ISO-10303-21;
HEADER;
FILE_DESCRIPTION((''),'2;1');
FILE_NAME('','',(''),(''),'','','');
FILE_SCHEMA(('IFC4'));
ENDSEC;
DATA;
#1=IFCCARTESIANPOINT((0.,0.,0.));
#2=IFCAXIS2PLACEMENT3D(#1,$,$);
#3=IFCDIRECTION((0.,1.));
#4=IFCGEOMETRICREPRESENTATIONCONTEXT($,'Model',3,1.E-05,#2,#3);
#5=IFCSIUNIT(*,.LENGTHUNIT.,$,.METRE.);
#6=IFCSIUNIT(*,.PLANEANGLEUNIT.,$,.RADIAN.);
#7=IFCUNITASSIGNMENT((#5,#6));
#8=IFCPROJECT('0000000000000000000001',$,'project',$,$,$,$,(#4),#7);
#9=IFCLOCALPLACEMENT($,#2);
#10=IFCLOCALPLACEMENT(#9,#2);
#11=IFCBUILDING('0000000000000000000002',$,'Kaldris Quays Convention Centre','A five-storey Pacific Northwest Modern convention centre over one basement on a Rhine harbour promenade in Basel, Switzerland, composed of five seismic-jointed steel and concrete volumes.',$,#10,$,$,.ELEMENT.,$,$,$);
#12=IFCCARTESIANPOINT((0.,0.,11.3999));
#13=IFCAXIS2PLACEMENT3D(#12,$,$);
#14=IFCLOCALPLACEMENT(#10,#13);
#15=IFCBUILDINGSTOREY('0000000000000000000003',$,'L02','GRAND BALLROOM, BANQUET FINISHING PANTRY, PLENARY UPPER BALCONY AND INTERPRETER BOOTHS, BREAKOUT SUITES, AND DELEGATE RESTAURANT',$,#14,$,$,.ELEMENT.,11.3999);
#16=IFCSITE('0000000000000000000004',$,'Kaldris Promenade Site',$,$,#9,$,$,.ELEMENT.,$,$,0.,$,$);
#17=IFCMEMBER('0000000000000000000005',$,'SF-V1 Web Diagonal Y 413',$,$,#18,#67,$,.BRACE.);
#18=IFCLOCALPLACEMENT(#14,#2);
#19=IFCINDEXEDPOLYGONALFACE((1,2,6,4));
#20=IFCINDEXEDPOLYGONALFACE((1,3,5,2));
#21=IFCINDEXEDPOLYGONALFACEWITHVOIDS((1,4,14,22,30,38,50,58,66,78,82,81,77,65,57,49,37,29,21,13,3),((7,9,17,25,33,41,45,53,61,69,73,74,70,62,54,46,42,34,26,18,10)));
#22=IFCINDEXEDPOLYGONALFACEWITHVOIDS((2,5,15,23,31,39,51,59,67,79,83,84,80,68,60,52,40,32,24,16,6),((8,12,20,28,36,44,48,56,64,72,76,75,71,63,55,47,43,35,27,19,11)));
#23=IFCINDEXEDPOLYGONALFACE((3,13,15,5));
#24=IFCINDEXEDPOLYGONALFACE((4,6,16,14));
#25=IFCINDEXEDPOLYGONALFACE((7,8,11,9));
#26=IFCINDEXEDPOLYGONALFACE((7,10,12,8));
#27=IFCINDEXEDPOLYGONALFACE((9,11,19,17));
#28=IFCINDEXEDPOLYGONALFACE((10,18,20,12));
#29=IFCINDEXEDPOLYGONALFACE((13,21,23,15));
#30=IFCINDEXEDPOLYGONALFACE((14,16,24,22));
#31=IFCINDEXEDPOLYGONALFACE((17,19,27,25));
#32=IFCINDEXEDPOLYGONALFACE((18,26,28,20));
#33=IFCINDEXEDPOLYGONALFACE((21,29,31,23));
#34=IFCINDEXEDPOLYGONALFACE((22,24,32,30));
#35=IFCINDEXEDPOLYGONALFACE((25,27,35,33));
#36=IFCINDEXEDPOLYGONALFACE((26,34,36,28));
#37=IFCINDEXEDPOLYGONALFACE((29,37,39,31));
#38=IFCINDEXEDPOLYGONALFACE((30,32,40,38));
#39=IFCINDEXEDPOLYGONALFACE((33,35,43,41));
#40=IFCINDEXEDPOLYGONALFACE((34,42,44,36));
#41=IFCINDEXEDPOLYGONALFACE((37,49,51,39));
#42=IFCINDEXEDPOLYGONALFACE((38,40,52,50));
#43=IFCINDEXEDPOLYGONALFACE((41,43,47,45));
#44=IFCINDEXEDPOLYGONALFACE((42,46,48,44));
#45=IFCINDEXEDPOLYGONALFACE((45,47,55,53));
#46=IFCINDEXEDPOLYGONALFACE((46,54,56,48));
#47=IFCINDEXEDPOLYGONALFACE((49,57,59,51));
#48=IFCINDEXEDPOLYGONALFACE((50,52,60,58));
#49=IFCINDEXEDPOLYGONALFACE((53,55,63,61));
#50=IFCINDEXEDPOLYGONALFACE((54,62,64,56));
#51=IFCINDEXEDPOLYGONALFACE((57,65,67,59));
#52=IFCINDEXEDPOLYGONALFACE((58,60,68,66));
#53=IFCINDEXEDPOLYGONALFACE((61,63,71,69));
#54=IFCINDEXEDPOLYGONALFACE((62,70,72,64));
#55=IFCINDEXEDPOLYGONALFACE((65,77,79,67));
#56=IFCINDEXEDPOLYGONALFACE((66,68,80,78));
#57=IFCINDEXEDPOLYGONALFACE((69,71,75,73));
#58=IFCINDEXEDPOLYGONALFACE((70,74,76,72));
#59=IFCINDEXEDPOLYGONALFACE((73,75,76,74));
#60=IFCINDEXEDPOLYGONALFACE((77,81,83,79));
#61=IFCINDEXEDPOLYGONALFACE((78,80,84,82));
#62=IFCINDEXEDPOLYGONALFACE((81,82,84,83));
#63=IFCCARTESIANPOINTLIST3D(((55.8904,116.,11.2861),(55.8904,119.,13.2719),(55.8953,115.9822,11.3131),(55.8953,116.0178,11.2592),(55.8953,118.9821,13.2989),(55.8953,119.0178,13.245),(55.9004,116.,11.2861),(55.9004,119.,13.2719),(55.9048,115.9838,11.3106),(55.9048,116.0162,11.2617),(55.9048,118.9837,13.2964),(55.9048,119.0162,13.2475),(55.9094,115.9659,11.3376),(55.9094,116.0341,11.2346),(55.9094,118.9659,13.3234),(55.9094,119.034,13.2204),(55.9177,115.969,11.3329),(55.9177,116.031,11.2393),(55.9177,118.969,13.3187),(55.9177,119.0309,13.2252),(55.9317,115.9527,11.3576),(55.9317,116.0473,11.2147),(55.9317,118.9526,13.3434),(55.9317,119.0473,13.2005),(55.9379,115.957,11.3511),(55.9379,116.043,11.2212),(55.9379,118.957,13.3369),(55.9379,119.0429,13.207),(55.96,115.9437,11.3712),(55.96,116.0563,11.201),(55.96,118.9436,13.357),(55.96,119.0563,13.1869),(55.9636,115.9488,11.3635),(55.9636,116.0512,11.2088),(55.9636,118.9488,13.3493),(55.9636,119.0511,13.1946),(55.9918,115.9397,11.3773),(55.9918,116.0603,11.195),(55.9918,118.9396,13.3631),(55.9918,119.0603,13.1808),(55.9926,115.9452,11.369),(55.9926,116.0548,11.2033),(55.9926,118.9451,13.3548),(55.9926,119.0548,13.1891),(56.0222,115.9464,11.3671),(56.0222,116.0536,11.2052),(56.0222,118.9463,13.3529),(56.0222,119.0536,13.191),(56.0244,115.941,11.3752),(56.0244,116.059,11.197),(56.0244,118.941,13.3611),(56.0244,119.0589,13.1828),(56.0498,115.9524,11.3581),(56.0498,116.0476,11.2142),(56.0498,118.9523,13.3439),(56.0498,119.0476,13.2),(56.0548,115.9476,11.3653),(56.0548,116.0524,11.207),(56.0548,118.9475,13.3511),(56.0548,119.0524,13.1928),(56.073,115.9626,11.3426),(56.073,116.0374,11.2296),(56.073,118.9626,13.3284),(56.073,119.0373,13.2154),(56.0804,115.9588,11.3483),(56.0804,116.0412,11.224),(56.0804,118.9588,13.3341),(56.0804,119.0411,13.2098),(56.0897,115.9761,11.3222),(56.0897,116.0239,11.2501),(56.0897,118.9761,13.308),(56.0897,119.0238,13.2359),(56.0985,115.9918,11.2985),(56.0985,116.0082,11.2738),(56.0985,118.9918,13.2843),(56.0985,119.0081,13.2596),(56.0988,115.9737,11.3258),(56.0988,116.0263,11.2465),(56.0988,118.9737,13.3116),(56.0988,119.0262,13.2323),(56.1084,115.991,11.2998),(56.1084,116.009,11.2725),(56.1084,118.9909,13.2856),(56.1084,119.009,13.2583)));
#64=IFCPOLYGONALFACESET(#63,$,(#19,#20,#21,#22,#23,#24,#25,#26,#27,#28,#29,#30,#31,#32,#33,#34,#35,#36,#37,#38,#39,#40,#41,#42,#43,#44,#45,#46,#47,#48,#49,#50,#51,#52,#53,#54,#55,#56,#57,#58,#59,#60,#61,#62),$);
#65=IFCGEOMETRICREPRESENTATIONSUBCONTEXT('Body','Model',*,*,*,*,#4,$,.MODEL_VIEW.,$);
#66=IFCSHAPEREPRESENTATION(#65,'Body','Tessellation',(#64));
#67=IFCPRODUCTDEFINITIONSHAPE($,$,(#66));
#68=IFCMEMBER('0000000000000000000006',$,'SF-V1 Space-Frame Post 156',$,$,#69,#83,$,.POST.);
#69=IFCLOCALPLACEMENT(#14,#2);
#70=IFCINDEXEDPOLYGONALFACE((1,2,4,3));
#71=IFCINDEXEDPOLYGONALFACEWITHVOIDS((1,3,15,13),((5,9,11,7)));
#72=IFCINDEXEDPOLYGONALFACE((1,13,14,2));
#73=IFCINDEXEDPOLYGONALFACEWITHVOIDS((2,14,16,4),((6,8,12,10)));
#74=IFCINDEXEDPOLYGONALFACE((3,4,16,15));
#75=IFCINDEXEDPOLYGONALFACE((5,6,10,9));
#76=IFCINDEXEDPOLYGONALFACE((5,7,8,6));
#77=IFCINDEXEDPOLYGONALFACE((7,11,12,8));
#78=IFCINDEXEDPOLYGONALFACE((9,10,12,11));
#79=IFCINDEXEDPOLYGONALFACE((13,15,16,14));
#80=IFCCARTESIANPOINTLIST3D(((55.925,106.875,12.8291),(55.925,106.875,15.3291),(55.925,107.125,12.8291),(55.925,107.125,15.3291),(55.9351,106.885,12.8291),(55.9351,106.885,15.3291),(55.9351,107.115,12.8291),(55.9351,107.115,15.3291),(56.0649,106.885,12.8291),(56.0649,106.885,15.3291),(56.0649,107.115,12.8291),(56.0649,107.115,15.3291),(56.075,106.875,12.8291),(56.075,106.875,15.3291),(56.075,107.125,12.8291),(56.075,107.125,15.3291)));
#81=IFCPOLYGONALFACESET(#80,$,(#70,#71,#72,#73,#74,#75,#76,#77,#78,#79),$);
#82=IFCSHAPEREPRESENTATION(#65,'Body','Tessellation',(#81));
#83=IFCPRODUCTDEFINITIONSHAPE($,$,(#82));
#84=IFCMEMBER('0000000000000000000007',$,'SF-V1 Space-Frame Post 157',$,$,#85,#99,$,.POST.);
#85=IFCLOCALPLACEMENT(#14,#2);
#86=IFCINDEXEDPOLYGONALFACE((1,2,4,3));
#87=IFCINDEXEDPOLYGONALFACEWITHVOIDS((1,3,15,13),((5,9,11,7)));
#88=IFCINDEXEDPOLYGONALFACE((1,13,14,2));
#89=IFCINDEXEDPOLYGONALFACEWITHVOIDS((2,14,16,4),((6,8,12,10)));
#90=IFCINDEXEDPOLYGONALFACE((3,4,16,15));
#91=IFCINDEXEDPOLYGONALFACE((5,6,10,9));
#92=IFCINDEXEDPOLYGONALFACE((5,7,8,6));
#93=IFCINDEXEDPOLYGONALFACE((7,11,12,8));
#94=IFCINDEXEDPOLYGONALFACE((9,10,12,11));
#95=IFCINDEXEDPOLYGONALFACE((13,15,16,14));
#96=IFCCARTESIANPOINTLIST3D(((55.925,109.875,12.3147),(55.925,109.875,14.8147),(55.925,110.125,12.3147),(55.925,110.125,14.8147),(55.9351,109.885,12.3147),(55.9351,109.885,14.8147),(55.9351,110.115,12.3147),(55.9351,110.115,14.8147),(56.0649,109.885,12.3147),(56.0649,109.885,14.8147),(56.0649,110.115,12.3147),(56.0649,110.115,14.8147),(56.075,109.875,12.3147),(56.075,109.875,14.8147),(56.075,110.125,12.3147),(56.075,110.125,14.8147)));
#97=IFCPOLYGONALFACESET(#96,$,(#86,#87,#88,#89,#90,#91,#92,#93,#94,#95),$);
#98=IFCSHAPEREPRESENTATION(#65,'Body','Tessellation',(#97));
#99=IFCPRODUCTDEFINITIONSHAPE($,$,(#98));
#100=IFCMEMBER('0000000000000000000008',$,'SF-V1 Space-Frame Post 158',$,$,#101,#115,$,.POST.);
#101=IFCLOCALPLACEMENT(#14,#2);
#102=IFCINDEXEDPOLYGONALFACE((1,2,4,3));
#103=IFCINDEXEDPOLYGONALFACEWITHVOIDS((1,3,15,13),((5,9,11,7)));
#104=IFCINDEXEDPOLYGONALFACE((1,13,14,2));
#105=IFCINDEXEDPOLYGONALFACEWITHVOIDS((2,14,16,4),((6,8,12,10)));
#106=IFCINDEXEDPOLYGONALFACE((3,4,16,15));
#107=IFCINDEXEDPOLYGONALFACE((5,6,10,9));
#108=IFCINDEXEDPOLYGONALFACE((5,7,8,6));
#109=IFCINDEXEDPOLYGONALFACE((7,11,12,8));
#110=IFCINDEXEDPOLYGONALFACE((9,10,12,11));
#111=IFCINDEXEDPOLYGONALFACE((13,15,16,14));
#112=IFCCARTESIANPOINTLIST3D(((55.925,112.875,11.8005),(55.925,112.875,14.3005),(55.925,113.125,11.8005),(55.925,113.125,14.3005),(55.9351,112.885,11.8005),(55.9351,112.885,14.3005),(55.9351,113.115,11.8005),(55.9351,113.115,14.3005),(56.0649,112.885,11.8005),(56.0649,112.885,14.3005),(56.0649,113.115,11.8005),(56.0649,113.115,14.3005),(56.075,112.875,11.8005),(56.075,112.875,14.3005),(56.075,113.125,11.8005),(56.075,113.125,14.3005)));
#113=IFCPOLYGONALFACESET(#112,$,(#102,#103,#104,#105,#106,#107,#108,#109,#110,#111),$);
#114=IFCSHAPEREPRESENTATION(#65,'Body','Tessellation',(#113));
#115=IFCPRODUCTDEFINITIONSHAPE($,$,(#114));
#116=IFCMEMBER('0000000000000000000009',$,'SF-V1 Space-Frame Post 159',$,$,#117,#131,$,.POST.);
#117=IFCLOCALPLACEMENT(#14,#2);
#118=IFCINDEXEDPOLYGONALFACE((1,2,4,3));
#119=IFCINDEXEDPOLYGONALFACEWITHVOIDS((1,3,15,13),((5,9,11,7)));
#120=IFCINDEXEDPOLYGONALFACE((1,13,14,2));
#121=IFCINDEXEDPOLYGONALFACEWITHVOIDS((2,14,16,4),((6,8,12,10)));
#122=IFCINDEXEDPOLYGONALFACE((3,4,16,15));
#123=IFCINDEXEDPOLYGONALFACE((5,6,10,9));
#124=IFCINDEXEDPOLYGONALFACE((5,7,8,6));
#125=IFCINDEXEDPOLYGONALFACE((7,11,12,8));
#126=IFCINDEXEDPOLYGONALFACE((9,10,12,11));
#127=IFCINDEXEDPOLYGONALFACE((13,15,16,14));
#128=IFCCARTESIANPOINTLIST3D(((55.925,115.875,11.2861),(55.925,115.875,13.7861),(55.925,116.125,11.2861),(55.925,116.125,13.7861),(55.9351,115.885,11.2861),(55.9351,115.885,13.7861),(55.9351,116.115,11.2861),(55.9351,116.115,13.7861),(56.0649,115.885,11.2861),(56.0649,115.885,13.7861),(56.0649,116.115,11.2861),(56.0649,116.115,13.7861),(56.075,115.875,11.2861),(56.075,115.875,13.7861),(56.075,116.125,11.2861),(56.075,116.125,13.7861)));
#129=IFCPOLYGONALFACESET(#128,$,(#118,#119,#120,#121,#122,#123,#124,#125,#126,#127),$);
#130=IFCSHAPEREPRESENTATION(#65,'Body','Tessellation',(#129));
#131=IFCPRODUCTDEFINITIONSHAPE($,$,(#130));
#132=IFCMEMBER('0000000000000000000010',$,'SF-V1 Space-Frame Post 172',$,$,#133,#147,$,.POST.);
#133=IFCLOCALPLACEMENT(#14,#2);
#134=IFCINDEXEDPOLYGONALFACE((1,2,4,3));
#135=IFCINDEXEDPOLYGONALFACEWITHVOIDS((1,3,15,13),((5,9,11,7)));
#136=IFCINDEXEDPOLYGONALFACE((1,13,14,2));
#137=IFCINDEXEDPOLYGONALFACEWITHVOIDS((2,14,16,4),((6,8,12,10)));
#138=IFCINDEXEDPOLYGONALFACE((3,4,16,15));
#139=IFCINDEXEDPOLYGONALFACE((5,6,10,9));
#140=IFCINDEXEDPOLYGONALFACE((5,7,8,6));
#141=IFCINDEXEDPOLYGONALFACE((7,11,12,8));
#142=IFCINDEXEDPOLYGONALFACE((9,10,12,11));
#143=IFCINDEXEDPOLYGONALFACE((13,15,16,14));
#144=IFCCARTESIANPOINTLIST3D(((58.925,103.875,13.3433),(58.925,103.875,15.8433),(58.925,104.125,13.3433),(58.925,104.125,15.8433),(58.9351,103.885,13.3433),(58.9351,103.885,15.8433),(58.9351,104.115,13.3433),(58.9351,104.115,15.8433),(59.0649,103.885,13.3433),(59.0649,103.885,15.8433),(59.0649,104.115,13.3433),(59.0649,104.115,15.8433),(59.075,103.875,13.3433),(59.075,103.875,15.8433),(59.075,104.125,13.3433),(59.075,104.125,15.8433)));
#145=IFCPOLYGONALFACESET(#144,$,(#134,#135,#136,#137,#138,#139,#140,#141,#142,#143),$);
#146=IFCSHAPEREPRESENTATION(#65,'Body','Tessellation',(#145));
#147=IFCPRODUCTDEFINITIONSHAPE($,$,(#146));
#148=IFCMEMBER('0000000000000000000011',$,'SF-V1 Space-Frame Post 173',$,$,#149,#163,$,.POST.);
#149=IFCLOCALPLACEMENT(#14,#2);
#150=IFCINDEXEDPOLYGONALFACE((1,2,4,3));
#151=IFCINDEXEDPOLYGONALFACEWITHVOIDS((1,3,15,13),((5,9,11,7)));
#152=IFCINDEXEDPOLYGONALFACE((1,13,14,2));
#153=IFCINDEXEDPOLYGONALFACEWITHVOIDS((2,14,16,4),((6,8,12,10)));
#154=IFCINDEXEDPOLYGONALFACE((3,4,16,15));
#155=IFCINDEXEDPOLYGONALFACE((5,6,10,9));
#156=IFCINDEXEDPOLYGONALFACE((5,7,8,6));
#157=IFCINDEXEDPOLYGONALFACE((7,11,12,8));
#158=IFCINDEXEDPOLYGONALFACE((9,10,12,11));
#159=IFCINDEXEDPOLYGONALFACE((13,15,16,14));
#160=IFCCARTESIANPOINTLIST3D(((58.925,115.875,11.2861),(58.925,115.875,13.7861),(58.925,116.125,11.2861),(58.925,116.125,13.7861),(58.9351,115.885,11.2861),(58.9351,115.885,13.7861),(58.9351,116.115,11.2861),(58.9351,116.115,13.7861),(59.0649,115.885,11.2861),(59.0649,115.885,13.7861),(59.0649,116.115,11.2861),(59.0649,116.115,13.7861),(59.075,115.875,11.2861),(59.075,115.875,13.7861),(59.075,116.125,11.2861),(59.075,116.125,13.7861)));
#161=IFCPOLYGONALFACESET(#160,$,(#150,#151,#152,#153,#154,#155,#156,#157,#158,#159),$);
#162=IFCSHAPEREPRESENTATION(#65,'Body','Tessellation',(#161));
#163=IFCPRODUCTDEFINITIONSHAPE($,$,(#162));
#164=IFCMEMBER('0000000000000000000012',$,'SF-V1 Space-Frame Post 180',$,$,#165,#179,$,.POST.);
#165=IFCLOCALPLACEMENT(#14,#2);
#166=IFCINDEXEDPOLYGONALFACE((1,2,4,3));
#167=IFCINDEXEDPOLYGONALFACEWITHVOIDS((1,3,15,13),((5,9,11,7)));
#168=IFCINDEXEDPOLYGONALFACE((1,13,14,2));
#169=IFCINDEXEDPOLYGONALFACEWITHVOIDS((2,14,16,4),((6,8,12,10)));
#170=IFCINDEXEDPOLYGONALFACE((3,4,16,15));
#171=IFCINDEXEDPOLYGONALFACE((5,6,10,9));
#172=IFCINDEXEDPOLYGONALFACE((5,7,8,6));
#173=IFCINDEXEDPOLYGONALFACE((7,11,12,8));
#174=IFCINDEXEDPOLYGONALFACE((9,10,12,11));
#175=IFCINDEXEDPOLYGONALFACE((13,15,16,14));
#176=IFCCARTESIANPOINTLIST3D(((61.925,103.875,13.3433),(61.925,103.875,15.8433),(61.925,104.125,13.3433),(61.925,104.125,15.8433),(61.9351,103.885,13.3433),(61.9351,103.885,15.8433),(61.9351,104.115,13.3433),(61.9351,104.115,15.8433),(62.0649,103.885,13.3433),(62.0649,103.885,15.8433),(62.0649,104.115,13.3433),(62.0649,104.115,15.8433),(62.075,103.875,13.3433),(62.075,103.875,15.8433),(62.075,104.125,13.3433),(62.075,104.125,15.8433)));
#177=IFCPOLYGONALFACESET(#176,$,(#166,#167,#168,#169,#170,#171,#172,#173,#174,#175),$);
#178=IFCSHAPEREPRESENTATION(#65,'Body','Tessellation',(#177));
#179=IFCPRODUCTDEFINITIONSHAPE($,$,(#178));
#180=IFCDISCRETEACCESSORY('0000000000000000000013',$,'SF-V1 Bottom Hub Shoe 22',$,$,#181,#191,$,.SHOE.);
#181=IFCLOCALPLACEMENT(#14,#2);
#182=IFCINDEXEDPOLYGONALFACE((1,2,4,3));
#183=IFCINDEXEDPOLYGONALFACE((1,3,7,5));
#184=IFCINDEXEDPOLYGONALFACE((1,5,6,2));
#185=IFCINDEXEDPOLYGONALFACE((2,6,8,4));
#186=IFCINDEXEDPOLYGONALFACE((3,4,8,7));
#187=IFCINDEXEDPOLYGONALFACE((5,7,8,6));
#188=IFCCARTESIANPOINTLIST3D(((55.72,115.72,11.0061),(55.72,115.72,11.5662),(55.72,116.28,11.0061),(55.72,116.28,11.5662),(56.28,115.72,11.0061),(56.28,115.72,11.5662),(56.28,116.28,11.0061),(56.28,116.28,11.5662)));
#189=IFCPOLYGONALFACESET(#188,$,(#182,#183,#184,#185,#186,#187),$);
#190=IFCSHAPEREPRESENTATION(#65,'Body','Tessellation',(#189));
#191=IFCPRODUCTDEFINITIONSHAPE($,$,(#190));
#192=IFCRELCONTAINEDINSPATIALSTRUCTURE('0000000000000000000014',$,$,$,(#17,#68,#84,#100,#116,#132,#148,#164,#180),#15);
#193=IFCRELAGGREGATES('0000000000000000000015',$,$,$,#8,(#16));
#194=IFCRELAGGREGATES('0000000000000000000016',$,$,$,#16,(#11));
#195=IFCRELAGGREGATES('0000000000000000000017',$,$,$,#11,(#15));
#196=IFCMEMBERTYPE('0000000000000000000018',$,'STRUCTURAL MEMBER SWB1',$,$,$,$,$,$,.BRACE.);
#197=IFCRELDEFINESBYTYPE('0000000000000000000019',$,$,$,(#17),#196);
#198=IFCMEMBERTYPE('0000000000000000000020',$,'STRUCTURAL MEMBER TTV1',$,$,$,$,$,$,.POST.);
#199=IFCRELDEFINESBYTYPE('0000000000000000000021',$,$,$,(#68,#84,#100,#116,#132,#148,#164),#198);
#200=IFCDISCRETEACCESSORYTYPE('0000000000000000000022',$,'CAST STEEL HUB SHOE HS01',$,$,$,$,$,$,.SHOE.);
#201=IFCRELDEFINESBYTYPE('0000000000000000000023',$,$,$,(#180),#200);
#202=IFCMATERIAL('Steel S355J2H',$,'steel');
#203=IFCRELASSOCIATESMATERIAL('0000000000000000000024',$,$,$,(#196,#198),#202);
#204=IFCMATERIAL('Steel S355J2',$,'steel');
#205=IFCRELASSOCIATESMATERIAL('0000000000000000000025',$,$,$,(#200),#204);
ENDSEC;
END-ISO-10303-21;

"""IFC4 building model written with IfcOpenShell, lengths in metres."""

from ifc_helpers import new_model, si_unit, direction, frame, origin, origin_2d, place, context, subcontext, project, spatial, rectangle, hollow_rectangle, hollow_circle, extrude, material, material_profile, profile_set, type_object, element, save


model = new_model("IFC4")

# Units and contexts
model_context = context("Model", 3, precision=1e-05, world=origin(), true_north=direction((0.0, 1.0)))
body_context = subcontext(model_context, "Body", "Model", "MODEL_VIEW")
ifc_project = project(units=[si_unit("LENGTHUNIT", "METRE"), si_unit("PLANEANGLEUNIT", "RADIAN")], contexts=[model_context])

# Site, building, storey
site_placement = place(None, origin())
site = spatial("IfcSite", under=ifc_project, at=site_placement, Name="Kaldris Promenade Site", CompositionType="ELEMENT", RefElevation=0.0)
building_placement = place(site_placement, origin())
building = spatial("IfcBuilding", under=site, at=building_placement, Name="Kaldris Quays Convention Centre", Description="A five-storey Pacific Northwest Modern convention centre over one basement on a Rhine harbour promenade in Basel, Switzerland, composed of five seismic-jointed steel and concrete volumes.", CompositionType="ELEMENT")
storey_placement = place(building_placement, frame((0.0, 0.0, 11.3999)))
storey = spatial("IfcBuildingStorey", under=building, at=storey_placement, Name="L02", Description="GRAND BALLROOM, BANQUET FINISHING PANTRY, PLENARY UPPER BALCONY AND INTERPRETER BOOTHS, BREAKOUT SUITES, AND DELEGATE RESTAURANT", CompositionType="ELEMENT", Elevation=11.3999)

# Members
ifc_material_1 = material(Name="Steel S355J2H", Category="steel")
ifc_material_profile_1 = material_profile(ifc_material_1, hollow_circle(Radius=0.1096, WallThickness=0.01, at=origin_2d()), Name="CHS 219.1x10")
ifc_profile_set_1 = profile_set([ifc_material_profile_1], Name="Steel S355J2H")
member_type_1 = type_object("IfcMemberType", Name="STRUCTURAL MEMBER SWB1", PredefinedType="BRACE", material=ifc_profile_set_1)
member_1_placement = place(storey_placement, frame((56.0, 116.0, 11.2861), z_axis=(0.0, 0.833862, 0.551972), x_axis=(-1.0, 0.0, 0.0)))
element("IfcMember", 1, at=member_1_placement, inside=storey, type_object=member_type_1, Name="SF-V1 Web Diagonal Y 413", PredefinedType="BRACE", context=body_context, shape_type="SweptSolid", body=[
    extrude(hollow_circle(Radius=0.1096, WallThickness=0.01, at=origin_2d()), origin(), (0.0, 0.0, 1.0), 3.5977),
])
ifc_material_profile_2 = material_profile(ifc_material_1, hollow_rectangle(XDim=0.1499, YDim=0.25, WallThickness=0.01, at=origin_2d()), Name="RHS 250x150x10")
ifc_profile_set_2 = profile_set([ifc_material_profile_2], Name="Steel S355J2H")
member_type_2 = type_object("IfcMemberType", Name="STRUCTURAL MEMBER TTV1", PredefinedType="POST", material=ifc_profile_set_2)
for number, where, z_axis, x_axis, name in (
    (2, (56.0, 107.0, 12.8291), (0.0, 0.0, 1.0), (1.0, 0.0, 0.0), "SF-V1 Space-Frame Post 156"),
    (3, (56.0, 110.0, 12.3147), (0.0, 0.0, 1.0), (1.0, 0.0, 0.0), "SF-V1 Space-Frame Post 157"),
    (4, (56.0, 113.0, 11.8005), (0.0, 0.0, 1.0), (1.0, 0.0, 0.0), "SF-V1 Space-Frame Post 158"),
    (5, (56.0, 116.0, 11.2861), (0.0, 0.0, 1.0), (1.0, 0.0, 0.0), "SF-V1 Space-Frame Post 159"),
    (6, (59.0, 104.0, 13.3433), (0.0, 0.0, 1.0), (1.0, 0.0, 0.0), "SF-V1 Space-Frame Post 172"),
    (7, (59.0, 116.0, 11.2861), (0.0, 0.0, 1.0), (1.0, 0.0, 0.0), "SF-V1 Space-Frame Post 173"),
    (8, (62.0, 104.0, 13.3433), (0.0, 0.0, 1.0), (1.0, 0.0, 0.0), "SF-V1 Space-Frame Post 180"),
):
    element("IfcMember", number, at=place(storey_placement, frame(where, z_axis=z_axis, x_axis=x_axis)), inside=storey, type_object=member_type_2, Name=name, PredefinedType="POST", context=body_context, shape_type="SweptSolid", body=[
        extrude(hollow_rectangle(XDim=0.1499, YDim=0.25, WallThickness=0.01, at=origin_2d()), origin(), (0.0, 0.0, 1.0), 2.5),
    ])

# Discrete accessory
ifc_material_2 = material(Name="Steel S355J2", Category="steel")
discrete_accessory_type = type_object("IfcDiscreteAccessoryType", Name="CAST STEEL HUB SHOE HS01", PredefinedType="SHOE", material=ifc_material_2)
discrete_accessory_placement = place(storey_placement, frame((56.0, 116.0, 11.0061), z_axis=(0.0, 0.0, 1.0), x_axis=(1.0, 0.0, 0.0)))
element("IfcDiscreteAccessory", 9, at=discrete_accessory_placement, inside=storey, type_object=discrete_accessory_type, Name="SF-V1 Bottom Hub Shoe 22", PredefinedType="SHOE", context=body_context, shape_type="SweptSolid", body=[
    extrude(rectangle(XDim=0.5601, YDim=0.5601, at=origin_2d()), origin(), (0.0, 0.0, 1.0), 0.5601),
])

save(model, "model.ifc")
